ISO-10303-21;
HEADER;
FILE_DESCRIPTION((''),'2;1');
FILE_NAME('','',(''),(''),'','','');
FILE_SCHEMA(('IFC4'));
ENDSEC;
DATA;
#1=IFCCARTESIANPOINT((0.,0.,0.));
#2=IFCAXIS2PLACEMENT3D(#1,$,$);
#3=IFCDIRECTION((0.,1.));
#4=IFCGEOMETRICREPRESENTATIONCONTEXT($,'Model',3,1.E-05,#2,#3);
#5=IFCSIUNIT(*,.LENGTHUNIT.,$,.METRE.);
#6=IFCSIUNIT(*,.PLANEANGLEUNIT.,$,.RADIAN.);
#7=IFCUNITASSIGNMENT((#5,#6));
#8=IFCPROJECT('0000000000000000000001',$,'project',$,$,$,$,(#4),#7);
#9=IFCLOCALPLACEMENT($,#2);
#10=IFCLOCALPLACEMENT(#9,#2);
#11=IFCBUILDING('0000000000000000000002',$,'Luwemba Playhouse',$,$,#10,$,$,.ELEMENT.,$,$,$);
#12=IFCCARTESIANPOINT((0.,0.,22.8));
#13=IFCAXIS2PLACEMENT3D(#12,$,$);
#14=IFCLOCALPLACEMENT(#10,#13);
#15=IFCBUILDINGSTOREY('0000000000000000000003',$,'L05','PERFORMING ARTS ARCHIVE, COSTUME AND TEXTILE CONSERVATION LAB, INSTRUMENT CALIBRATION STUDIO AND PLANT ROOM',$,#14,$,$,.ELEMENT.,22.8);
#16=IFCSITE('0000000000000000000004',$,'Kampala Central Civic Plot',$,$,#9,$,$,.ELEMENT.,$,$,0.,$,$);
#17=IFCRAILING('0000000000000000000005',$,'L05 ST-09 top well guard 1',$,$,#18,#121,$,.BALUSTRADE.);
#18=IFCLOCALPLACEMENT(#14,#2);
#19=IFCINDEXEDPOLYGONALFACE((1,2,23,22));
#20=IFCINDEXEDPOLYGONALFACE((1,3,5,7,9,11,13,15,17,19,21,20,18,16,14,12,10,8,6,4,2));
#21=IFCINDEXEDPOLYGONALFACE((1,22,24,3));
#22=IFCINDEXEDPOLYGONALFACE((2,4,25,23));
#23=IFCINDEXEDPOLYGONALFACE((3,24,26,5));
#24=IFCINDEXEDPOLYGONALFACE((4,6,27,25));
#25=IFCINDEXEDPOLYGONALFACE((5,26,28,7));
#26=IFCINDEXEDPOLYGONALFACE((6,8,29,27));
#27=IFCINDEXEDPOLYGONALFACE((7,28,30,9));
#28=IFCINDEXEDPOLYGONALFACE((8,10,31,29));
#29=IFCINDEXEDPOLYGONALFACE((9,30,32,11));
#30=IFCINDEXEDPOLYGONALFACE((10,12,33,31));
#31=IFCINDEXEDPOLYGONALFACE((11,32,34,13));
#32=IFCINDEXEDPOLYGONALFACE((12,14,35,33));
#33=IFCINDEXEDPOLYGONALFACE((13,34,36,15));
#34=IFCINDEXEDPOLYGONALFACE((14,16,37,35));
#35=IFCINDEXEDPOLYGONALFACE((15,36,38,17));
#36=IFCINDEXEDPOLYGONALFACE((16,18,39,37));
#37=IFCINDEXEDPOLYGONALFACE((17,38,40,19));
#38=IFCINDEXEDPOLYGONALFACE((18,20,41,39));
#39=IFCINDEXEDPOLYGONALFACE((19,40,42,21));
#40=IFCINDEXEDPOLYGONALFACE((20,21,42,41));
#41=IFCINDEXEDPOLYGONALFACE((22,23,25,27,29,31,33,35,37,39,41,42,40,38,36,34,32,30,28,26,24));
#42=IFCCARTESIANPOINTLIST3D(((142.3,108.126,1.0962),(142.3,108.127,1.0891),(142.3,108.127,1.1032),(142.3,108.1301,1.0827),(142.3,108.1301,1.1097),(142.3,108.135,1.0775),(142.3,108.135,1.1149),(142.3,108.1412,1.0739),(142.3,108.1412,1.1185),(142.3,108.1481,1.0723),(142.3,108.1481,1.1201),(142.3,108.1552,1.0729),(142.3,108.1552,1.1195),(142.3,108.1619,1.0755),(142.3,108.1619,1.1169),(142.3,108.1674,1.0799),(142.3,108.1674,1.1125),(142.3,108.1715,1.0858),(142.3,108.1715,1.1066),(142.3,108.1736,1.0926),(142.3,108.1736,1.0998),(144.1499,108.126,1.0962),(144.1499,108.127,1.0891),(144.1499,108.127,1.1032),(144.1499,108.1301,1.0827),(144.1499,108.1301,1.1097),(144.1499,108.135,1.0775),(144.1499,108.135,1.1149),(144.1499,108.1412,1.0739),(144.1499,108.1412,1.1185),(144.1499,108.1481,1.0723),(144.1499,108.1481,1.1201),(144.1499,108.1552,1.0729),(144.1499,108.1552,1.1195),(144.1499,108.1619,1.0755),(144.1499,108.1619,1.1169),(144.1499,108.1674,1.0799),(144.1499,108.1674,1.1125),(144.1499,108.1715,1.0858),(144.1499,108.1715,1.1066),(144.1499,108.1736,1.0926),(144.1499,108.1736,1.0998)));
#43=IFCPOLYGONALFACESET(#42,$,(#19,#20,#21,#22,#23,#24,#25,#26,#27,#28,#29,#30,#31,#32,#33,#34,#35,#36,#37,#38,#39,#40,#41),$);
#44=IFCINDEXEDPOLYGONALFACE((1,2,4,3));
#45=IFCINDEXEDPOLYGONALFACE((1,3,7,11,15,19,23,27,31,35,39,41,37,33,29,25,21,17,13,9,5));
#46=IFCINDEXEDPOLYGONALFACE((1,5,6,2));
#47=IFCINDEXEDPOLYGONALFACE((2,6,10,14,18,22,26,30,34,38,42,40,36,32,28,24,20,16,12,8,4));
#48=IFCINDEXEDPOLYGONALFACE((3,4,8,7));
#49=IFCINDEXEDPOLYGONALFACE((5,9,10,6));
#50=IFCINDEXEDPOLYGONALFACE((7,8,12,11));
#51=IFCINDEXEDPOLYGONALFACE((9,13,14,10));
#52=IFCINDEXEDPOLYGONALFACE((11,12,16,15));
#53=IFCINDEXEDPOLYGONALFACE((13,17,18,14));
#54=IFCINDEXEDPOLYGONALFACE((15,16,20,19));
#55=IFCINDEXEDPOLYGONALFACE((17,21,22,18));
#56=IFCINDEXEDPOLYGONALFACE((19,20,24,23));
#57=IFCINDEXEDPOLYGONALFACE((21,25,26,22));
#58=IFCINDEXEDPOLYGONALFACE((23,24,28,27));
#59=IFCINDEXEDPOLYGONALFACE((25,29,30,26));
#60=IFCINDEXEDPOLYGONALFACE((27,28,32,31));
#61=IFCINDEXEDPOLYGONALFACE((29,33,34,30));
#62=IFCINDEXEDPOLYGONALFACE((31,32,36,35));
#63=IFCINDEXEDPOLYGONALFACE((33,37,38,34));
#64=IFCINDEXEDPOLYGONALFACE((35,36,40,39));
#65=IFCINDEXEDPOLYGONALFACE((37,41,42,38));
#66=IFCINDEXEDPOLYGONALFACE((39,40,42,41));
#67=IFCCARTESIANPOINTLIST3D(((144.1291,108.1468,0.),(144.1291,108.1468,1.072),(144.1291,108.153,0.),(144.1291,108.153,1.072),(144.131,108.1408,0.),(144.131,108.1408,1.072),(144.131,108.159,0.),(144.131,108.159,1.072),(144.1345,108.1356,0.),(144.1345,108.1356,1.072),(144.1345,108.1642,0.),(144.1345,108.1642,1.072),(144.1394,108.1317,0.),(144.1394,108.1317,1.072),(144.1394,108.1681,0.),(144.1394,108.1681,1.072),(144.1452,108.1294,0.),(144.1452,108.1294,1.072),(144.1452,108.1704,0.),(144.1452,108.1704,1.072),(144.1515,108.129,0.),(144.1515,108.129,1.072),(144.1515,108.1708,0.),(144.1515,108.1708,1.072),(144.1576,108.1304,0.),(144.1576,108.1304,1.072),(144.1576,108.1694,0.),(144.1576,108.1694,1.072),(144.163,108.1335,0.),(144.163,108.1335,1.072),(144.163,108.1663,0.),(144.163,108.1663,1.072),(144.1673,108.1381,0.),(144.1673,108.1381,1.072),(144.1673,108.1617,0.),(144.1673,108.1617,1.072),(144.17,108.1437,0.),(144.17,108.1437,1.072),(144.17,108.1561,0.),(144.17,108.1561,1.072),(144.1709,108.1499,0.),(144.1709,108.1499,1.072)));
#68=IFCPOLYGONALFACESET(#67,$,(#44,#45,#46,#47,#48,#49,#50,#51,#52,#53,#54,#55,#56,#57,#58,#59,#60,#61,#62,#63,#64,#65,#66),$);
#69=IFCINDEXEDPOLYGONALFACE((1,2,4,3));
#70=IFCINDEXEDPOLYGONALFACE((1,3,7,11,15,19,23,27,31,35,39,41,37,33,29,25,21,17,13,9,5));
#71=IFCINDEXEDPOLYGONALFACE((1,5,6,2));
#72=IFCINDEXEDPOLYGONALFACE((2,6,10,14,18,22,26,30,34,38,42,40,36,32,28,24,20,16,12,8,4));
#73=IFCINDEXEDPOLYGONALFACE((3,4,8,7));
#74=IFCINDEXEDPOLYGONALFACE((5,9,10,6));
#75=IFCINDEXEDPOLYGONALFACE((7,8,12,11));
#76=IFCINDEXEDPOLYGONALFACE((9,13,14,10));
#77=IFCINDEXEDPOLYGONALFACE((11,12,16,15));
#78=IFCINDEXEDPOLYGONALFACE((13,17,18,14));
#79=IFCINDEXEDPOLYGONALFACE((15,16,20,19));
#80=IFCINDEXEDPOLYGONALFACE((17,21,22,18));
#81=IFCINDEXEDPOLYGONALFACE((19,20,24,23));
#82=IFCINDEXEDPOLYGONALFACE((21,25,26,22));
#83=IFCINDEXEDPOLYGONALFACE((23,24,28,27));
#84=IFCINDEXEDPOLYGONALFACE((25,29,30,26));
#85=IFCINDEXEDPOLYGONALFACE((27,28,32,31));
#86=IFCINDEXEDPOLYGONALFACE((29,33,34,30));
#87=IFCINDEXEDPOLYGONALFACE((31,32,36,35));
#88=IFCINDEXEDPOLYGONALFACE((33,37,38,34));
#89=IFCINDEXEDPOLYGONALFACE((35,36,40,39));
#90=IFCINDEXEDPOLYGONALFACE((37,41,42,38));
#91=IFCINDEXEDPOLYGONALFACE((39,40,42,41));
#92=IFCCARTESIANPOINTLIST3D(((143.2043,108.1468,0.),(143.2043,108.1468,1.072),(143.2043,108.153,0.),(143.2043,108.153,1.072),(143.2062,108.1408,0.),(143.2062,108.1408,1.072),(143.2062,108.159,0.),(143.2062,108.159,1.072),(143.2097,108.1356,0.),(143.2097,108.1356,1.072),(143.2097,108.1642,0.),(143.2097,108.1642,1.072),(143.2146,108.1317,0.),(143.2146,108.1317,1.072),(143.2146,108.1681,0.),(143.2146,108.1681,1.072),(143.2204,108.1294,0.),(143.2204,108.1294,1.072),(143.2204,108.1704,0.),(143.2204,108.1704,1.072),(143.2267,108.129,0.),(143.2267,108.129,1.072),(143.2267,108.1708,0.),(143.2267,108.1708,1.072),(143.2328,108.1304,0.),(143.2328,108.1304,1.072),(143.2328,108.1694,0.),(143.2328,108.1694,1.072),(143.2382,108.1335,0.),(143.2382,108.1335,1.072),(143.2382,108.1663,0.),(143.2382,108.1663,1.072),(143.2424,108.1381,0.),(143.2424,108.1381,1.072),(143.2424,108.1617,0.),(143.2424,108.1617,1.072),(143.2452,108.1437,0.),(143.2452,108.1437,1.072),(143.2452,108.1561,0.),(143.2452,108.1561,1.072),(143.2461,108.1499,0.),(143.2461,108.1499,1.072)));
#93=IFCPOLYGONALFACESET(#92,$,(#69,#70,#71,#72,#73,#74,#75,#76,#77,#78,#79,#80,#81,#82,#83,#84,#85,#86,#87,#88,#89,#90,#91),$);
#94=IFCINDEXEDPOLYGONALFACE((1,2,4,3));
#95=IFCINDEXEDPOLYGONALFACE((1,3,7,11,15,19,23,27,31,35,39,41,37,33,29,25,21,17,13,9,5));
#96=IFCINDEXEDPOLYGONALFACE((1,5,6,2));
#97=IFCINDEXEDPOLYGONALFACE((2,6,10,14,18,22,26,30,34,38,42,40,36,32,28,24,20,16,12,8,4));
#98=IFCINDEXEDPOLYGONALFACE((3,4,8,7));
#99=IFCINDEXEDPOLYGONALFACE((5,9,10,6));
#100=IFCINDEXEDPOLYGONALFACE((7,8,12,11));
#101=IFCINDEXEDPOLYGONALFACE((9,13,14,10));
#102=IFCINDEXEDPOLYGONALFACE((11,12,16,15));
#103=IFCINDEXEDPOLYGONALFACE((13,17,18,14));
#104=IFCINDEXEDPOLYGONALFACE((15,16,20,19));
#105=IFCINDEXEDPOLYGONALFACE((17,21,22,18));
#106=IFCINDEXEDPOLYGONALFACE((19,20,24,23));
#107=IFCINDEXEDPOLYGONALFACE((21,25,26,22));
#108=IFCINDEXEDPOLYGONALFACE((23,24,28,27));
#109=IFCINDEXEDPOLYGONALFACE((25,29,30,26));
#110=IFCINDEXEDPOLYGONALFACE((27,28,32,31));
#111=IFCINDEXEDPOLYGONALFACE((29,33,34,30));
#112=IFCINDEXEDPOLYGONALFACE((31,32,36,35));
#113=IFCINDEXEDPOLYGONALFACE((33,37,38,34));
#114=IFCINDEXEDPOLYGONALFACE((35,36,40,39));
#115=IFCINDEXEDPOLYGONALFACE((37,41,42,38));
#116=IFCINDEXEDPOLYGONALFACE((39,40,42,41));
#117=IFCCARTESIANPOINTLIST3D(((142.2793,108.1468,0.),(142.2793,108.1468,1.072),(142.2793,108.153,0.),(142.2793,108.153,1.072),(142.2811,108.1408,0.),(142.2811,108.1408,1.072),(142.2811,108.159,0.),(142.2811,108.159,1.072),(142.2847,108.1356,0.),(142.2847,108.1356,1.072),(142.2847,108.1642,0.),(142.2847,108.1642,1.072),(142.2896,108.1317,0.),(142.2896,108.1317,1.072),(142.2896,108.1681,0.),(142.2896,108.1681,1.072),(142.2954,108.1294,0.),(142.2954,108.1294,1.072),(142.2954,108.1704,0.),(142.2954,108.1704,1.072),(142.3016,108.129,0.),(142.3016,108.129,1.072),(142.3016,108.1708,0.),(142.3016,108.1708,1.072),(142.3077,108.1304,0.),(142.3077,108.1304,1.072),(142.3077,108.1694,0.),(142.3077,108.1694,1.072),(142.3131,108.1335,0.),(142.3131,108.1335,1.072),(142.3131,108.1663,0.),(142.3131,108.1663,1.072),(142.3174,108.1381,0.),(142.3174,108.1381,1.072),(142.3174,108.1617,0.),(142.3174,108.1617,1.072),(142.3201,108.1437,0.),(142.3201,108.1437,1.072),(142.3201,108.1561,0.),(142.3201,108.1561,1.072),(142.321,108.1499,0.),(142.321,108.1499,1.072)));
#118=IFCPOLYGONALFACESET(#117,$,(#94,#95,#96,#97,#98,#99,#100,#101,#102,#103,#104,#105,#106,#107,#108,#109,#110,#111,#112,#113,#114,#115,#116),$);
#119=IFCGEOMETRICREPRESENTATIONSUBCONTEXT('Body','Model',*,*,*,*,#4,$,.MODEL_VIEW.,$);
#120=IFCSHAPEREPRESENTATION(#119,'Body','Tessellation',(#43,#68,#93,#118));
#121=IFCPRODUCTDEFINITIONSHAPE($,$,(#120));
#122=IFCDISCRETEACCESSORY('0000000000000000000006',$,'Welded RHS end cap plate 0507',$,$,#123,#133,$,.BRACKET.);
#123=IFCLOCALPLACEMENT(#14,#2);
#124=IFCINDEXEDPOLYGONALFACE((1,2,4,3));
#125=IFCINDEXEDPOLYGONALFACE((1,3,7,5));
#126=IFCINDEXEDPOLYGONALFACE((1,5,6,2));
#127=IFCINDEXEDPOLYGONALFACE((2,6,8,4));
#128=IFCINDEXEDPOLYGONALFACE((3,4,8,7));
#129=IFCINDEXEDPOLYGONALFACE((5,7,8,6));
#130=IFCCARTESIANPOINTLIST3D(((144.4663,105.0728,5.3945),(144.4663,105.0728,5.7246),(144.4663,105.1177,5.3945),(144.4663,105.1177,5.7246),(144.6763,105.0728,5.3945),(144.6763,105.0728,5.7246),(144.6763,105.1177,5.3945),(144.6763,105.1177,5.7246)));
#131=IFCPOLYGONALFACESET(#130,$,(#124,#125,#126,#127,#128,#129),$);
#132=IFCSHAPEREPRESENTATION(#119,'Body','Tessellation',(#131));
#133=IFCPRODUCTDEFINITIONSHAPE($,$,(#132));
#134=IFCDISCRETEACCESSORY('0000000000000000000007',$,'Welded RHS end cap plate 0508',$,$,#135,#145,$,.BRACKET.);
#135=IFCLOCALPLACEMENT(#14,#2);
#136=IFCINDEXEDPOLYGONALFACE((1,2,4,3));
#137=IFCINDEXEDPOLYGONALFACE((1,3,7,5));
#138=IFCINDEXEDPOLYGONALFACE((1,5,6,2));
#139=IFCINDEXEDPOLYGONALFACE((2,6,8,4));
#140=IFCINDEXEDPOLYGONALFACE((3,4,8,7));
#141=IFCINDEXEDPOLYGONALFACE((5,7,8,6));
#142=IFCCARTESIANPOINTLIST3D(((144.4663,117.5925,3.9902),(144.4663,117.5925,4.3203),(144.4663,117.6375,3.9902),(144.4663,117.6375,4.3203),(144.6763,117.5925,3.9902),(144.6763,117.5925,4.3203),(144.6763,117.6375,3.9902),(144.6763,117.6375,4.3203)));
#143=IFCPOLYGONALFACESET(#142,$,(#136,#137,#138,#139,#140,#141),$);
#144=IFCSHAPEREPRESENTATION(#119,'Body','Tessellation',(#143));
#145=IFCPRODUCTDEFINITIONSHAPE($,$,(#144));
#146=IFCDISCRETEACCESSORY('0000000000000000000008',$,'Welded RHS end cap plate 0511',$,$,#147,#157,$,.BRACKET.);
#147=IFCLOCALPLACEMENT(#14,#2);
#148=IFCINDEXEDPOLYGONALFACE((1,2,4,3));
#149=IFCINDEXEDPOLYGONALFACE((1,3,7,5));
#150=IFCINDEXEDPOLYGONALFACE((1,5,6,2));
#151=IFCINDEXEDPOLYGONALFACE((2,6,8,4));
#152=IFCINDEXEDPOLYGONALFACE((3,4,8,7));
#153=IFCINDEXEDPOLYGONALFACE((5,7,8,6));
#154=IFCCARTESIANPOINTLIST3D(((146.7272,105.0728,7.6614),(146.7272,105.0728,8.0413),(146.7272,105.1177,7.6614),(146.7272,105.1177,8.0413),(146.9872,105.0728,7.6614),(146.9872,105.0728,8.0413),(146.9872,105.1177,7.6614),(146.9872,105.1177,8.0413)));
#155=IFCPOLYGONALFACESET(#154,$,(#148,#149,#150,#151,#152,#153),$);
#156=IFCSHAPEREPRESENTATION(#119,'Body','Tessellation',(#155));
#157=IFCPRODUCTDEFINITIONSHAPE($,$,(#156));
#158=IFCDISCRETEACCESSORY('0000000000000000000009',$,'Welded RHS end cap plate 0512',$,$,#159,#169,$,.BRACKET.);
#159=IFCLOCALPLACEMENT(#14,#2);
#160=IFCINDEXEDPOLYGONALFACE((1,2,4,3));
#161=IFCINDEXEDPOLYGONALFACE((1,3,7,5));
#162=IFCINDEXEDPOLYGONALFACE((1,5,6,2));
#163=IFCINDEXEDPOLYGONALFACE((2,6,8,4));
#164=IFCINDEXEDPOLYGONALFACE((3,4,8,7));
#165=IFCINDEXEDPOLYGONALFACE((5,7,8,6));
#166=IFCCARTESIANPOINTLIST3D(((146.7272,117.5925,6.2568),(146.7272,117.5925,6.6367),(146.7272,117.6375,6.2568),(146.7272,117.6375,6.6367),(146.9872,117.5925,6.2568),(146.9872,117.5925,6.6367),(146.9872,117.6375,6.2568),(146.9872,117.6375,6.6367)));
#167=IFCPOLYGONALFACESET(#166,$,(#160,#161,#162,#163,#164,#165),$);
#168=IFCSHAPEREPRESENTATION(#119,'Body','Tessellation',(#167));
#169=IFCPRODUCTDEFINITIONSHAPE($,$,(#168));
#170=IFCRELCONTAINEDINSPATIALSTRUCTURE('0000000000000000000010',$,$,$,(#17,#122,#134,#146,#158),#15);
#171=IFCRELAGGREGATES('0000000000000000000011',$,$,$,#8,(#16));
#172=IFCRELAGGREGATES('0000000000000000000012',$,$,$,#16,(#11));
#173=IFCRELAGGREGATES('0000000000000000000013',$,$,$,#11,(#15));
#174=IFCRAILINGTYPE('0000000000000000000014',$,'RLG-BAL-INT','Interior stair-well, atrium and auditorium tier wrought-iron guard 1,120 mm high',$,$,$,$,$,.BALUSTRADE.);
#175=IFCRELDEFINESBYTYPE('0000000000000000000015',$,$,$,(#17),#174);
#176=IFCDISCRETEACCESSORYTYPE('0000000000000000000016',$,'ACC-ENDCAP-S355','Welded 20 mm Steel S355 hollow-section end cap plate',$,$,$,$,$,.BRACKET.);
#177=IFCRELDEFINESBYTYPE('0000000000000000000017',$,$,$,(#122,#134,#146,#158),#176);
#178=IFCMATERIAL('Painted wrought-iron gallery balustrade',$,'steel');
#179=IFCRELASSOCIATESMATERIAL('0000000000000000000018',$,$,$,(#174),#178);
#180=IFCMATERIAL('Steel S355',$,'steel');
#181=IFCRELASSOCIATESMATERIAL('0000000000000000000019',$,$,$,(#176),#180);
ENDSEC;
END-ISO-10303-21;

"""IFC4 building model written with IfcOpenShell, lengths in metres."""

from ifc_helpers import new_model, si_unit, direction, frame, origin, origin_2d, place, context, subcontext, project, spatial, rectangle, circle, extrude, material, type_object, element, save


model = new_model("IFC4")

# Units and contexts
model_context = context("Model", 3, precision=1e-05, world=origin(), true_north=direction((0.0, 1.0)))
body_context = subcontext(model_context, "Body", "Model", "MODEL_VIEW")
ifc_project = project(units=[si_unit("LENGTHUNIT", "METRE"), si_unit("PLANEANGLEUNIT", "RADIAN")], contexts=[model_context])

# Site, building, storey
site_placement = place(None, origin())
site = spatial("IfcSite", under=ifc_project, at=site_placement, Name="Kampala Central Civic Plot", CompositionType="ELEMENT", RefElevation=0.0)
building_placement = place(site_placement, origin())
building = spatial("IfcBuilding", under=site, at=building_placement, Name="Luwemba Playhouse", CompositionType="ELEMENT")
storey_placement = place(building_placement, frame((0.0, 0.0, 22.8)))
storey = spatial("IfcBuildingStorey", under=building, at=storey_placement, Name="L05", Description="PERFORMING ARTS ARCHIVE, COSTUME AND TEXTILE CONSERVATION LAB, INSTRUMENT CALIBRATION STUDIO AND PLANT ROOM", CompositionType="ELEMENT", Elevation=22.8)

# Shared definitions
ifc_material_1 = material(Name="Steel S355", Category="steel")

# Railing
ifc_material_2 = material(Name="Painted wrought-iron gallery balustrade", Category="steel")
railing_type = type_object("IfcRailingType", Name="RLG-BAL-INT", Description="Interior stair-well, atrium and auditorium tier wrought-iron guard 1,120 mm high", PredefinedType="BALUSTRADE", material=ifc_material_2)
railing_placement = place(storey_placement, frame((144.1499, 108.1499, 0.0)))
element("IfcRailing", 1, at=railing_placement, inside=storey, type_object=railing_type, Name="L05 ST-09 top well guard 1", PredefinedType="BALUSTRADE", context=body_context, shape_type="SweptSolid", body=[
    extrude(circle(Radius=0.0239, at=origin_2d()), frame((0.0, 0.0, 1.0962), z_axis=(-1.0, 0.0, 0.0), x_axis=(0.0, -1.0, 0.0)), (0.0, 0.0, 1.0), 1.8499),
    extrude(circle(Radius=0.021, at=origin_2d()), origin(), (0.0, 0.0, 1.0), 1.072),
    extrude(circle(Radius=0.021, at=origin_2d()), frame((-0.9248, 0.0, 0.0)), (0.0, 0.0, 1.0), 1.072),
    extrude(circle(Radius=0.021, at=origin_2d()), frame((-1.8499, 0.0, 0.0)), (0.0, 0.0, 1.0), 1.072),
])

# Discrete accessories
discrete_accessory_type = type_object("IfcDiscreteAccessoryType", Name="ACC-ENDCAP-S355", Description="Welded 20 mm Steel S355 hollow-section end cap plate", PredefinedType="BRACKET", material=ifc_material_1)
for number, where, z_axis, x_axis, name in (
    (2, (144.5713, 105.0952, 5.3945), (0.0, 0.0, 1.0), (1.0, 0.0, 0.0), "Welded RHS end cap plate 0507"),
    (3, (144.5713, 117.615, 3.9902), (0.0, 0.0, 1.0), (1.0, 0.0, 0.0), "Welded RHS end cap plate 0508"),
):
    element("IfcDiscreteAccessory", number, at=place(storey_placement, frame(where, z_axis=z_axis, x_axis=x_axis)), inside=storey, type_object=discrete_accessory_type, Name=name, PredefinedType="BRACKET", context=body_context, shape_type="SweptSolid", body=[
        extrude(rectangle(XDim=0.21, YDim=0.0449, at=origin_2d()), origin(), (0.0, 0.0, 1.0), 0.3301),
    ])
for number, where, z_axis, x_axis, name in (
    (4, (146.8572, 105.0952, 7.6614), (0.0, 0.0, 1.0), (1.0, 0.0, 0.0), "Welded RHS end cap plate 0511"),
    (5, (146.8572, 117.615, 6.2568), (0.0, 0.0, 1.0), (1.0, 0.0, 0.0), "Welded RHS end cap plate 0512"),
):
    element("IfcDiscreteAccessory", number, at=place(storey_placement, frame(where, z_axis=z_axis, x_axis=x_axis)), inside=storey, type_object=discrete_accessory_type, Name=name, PredefinedType="BRACKET", context=body_context, shape_type="SweptSolid", body=[
        extrude(rectangle(XDim=0.26, YDim=0.0449, at=origin_2d()), origin(), (0.0, 0.0, 1.0), 0.3799),
    ])

save(model, "model.ifc")
